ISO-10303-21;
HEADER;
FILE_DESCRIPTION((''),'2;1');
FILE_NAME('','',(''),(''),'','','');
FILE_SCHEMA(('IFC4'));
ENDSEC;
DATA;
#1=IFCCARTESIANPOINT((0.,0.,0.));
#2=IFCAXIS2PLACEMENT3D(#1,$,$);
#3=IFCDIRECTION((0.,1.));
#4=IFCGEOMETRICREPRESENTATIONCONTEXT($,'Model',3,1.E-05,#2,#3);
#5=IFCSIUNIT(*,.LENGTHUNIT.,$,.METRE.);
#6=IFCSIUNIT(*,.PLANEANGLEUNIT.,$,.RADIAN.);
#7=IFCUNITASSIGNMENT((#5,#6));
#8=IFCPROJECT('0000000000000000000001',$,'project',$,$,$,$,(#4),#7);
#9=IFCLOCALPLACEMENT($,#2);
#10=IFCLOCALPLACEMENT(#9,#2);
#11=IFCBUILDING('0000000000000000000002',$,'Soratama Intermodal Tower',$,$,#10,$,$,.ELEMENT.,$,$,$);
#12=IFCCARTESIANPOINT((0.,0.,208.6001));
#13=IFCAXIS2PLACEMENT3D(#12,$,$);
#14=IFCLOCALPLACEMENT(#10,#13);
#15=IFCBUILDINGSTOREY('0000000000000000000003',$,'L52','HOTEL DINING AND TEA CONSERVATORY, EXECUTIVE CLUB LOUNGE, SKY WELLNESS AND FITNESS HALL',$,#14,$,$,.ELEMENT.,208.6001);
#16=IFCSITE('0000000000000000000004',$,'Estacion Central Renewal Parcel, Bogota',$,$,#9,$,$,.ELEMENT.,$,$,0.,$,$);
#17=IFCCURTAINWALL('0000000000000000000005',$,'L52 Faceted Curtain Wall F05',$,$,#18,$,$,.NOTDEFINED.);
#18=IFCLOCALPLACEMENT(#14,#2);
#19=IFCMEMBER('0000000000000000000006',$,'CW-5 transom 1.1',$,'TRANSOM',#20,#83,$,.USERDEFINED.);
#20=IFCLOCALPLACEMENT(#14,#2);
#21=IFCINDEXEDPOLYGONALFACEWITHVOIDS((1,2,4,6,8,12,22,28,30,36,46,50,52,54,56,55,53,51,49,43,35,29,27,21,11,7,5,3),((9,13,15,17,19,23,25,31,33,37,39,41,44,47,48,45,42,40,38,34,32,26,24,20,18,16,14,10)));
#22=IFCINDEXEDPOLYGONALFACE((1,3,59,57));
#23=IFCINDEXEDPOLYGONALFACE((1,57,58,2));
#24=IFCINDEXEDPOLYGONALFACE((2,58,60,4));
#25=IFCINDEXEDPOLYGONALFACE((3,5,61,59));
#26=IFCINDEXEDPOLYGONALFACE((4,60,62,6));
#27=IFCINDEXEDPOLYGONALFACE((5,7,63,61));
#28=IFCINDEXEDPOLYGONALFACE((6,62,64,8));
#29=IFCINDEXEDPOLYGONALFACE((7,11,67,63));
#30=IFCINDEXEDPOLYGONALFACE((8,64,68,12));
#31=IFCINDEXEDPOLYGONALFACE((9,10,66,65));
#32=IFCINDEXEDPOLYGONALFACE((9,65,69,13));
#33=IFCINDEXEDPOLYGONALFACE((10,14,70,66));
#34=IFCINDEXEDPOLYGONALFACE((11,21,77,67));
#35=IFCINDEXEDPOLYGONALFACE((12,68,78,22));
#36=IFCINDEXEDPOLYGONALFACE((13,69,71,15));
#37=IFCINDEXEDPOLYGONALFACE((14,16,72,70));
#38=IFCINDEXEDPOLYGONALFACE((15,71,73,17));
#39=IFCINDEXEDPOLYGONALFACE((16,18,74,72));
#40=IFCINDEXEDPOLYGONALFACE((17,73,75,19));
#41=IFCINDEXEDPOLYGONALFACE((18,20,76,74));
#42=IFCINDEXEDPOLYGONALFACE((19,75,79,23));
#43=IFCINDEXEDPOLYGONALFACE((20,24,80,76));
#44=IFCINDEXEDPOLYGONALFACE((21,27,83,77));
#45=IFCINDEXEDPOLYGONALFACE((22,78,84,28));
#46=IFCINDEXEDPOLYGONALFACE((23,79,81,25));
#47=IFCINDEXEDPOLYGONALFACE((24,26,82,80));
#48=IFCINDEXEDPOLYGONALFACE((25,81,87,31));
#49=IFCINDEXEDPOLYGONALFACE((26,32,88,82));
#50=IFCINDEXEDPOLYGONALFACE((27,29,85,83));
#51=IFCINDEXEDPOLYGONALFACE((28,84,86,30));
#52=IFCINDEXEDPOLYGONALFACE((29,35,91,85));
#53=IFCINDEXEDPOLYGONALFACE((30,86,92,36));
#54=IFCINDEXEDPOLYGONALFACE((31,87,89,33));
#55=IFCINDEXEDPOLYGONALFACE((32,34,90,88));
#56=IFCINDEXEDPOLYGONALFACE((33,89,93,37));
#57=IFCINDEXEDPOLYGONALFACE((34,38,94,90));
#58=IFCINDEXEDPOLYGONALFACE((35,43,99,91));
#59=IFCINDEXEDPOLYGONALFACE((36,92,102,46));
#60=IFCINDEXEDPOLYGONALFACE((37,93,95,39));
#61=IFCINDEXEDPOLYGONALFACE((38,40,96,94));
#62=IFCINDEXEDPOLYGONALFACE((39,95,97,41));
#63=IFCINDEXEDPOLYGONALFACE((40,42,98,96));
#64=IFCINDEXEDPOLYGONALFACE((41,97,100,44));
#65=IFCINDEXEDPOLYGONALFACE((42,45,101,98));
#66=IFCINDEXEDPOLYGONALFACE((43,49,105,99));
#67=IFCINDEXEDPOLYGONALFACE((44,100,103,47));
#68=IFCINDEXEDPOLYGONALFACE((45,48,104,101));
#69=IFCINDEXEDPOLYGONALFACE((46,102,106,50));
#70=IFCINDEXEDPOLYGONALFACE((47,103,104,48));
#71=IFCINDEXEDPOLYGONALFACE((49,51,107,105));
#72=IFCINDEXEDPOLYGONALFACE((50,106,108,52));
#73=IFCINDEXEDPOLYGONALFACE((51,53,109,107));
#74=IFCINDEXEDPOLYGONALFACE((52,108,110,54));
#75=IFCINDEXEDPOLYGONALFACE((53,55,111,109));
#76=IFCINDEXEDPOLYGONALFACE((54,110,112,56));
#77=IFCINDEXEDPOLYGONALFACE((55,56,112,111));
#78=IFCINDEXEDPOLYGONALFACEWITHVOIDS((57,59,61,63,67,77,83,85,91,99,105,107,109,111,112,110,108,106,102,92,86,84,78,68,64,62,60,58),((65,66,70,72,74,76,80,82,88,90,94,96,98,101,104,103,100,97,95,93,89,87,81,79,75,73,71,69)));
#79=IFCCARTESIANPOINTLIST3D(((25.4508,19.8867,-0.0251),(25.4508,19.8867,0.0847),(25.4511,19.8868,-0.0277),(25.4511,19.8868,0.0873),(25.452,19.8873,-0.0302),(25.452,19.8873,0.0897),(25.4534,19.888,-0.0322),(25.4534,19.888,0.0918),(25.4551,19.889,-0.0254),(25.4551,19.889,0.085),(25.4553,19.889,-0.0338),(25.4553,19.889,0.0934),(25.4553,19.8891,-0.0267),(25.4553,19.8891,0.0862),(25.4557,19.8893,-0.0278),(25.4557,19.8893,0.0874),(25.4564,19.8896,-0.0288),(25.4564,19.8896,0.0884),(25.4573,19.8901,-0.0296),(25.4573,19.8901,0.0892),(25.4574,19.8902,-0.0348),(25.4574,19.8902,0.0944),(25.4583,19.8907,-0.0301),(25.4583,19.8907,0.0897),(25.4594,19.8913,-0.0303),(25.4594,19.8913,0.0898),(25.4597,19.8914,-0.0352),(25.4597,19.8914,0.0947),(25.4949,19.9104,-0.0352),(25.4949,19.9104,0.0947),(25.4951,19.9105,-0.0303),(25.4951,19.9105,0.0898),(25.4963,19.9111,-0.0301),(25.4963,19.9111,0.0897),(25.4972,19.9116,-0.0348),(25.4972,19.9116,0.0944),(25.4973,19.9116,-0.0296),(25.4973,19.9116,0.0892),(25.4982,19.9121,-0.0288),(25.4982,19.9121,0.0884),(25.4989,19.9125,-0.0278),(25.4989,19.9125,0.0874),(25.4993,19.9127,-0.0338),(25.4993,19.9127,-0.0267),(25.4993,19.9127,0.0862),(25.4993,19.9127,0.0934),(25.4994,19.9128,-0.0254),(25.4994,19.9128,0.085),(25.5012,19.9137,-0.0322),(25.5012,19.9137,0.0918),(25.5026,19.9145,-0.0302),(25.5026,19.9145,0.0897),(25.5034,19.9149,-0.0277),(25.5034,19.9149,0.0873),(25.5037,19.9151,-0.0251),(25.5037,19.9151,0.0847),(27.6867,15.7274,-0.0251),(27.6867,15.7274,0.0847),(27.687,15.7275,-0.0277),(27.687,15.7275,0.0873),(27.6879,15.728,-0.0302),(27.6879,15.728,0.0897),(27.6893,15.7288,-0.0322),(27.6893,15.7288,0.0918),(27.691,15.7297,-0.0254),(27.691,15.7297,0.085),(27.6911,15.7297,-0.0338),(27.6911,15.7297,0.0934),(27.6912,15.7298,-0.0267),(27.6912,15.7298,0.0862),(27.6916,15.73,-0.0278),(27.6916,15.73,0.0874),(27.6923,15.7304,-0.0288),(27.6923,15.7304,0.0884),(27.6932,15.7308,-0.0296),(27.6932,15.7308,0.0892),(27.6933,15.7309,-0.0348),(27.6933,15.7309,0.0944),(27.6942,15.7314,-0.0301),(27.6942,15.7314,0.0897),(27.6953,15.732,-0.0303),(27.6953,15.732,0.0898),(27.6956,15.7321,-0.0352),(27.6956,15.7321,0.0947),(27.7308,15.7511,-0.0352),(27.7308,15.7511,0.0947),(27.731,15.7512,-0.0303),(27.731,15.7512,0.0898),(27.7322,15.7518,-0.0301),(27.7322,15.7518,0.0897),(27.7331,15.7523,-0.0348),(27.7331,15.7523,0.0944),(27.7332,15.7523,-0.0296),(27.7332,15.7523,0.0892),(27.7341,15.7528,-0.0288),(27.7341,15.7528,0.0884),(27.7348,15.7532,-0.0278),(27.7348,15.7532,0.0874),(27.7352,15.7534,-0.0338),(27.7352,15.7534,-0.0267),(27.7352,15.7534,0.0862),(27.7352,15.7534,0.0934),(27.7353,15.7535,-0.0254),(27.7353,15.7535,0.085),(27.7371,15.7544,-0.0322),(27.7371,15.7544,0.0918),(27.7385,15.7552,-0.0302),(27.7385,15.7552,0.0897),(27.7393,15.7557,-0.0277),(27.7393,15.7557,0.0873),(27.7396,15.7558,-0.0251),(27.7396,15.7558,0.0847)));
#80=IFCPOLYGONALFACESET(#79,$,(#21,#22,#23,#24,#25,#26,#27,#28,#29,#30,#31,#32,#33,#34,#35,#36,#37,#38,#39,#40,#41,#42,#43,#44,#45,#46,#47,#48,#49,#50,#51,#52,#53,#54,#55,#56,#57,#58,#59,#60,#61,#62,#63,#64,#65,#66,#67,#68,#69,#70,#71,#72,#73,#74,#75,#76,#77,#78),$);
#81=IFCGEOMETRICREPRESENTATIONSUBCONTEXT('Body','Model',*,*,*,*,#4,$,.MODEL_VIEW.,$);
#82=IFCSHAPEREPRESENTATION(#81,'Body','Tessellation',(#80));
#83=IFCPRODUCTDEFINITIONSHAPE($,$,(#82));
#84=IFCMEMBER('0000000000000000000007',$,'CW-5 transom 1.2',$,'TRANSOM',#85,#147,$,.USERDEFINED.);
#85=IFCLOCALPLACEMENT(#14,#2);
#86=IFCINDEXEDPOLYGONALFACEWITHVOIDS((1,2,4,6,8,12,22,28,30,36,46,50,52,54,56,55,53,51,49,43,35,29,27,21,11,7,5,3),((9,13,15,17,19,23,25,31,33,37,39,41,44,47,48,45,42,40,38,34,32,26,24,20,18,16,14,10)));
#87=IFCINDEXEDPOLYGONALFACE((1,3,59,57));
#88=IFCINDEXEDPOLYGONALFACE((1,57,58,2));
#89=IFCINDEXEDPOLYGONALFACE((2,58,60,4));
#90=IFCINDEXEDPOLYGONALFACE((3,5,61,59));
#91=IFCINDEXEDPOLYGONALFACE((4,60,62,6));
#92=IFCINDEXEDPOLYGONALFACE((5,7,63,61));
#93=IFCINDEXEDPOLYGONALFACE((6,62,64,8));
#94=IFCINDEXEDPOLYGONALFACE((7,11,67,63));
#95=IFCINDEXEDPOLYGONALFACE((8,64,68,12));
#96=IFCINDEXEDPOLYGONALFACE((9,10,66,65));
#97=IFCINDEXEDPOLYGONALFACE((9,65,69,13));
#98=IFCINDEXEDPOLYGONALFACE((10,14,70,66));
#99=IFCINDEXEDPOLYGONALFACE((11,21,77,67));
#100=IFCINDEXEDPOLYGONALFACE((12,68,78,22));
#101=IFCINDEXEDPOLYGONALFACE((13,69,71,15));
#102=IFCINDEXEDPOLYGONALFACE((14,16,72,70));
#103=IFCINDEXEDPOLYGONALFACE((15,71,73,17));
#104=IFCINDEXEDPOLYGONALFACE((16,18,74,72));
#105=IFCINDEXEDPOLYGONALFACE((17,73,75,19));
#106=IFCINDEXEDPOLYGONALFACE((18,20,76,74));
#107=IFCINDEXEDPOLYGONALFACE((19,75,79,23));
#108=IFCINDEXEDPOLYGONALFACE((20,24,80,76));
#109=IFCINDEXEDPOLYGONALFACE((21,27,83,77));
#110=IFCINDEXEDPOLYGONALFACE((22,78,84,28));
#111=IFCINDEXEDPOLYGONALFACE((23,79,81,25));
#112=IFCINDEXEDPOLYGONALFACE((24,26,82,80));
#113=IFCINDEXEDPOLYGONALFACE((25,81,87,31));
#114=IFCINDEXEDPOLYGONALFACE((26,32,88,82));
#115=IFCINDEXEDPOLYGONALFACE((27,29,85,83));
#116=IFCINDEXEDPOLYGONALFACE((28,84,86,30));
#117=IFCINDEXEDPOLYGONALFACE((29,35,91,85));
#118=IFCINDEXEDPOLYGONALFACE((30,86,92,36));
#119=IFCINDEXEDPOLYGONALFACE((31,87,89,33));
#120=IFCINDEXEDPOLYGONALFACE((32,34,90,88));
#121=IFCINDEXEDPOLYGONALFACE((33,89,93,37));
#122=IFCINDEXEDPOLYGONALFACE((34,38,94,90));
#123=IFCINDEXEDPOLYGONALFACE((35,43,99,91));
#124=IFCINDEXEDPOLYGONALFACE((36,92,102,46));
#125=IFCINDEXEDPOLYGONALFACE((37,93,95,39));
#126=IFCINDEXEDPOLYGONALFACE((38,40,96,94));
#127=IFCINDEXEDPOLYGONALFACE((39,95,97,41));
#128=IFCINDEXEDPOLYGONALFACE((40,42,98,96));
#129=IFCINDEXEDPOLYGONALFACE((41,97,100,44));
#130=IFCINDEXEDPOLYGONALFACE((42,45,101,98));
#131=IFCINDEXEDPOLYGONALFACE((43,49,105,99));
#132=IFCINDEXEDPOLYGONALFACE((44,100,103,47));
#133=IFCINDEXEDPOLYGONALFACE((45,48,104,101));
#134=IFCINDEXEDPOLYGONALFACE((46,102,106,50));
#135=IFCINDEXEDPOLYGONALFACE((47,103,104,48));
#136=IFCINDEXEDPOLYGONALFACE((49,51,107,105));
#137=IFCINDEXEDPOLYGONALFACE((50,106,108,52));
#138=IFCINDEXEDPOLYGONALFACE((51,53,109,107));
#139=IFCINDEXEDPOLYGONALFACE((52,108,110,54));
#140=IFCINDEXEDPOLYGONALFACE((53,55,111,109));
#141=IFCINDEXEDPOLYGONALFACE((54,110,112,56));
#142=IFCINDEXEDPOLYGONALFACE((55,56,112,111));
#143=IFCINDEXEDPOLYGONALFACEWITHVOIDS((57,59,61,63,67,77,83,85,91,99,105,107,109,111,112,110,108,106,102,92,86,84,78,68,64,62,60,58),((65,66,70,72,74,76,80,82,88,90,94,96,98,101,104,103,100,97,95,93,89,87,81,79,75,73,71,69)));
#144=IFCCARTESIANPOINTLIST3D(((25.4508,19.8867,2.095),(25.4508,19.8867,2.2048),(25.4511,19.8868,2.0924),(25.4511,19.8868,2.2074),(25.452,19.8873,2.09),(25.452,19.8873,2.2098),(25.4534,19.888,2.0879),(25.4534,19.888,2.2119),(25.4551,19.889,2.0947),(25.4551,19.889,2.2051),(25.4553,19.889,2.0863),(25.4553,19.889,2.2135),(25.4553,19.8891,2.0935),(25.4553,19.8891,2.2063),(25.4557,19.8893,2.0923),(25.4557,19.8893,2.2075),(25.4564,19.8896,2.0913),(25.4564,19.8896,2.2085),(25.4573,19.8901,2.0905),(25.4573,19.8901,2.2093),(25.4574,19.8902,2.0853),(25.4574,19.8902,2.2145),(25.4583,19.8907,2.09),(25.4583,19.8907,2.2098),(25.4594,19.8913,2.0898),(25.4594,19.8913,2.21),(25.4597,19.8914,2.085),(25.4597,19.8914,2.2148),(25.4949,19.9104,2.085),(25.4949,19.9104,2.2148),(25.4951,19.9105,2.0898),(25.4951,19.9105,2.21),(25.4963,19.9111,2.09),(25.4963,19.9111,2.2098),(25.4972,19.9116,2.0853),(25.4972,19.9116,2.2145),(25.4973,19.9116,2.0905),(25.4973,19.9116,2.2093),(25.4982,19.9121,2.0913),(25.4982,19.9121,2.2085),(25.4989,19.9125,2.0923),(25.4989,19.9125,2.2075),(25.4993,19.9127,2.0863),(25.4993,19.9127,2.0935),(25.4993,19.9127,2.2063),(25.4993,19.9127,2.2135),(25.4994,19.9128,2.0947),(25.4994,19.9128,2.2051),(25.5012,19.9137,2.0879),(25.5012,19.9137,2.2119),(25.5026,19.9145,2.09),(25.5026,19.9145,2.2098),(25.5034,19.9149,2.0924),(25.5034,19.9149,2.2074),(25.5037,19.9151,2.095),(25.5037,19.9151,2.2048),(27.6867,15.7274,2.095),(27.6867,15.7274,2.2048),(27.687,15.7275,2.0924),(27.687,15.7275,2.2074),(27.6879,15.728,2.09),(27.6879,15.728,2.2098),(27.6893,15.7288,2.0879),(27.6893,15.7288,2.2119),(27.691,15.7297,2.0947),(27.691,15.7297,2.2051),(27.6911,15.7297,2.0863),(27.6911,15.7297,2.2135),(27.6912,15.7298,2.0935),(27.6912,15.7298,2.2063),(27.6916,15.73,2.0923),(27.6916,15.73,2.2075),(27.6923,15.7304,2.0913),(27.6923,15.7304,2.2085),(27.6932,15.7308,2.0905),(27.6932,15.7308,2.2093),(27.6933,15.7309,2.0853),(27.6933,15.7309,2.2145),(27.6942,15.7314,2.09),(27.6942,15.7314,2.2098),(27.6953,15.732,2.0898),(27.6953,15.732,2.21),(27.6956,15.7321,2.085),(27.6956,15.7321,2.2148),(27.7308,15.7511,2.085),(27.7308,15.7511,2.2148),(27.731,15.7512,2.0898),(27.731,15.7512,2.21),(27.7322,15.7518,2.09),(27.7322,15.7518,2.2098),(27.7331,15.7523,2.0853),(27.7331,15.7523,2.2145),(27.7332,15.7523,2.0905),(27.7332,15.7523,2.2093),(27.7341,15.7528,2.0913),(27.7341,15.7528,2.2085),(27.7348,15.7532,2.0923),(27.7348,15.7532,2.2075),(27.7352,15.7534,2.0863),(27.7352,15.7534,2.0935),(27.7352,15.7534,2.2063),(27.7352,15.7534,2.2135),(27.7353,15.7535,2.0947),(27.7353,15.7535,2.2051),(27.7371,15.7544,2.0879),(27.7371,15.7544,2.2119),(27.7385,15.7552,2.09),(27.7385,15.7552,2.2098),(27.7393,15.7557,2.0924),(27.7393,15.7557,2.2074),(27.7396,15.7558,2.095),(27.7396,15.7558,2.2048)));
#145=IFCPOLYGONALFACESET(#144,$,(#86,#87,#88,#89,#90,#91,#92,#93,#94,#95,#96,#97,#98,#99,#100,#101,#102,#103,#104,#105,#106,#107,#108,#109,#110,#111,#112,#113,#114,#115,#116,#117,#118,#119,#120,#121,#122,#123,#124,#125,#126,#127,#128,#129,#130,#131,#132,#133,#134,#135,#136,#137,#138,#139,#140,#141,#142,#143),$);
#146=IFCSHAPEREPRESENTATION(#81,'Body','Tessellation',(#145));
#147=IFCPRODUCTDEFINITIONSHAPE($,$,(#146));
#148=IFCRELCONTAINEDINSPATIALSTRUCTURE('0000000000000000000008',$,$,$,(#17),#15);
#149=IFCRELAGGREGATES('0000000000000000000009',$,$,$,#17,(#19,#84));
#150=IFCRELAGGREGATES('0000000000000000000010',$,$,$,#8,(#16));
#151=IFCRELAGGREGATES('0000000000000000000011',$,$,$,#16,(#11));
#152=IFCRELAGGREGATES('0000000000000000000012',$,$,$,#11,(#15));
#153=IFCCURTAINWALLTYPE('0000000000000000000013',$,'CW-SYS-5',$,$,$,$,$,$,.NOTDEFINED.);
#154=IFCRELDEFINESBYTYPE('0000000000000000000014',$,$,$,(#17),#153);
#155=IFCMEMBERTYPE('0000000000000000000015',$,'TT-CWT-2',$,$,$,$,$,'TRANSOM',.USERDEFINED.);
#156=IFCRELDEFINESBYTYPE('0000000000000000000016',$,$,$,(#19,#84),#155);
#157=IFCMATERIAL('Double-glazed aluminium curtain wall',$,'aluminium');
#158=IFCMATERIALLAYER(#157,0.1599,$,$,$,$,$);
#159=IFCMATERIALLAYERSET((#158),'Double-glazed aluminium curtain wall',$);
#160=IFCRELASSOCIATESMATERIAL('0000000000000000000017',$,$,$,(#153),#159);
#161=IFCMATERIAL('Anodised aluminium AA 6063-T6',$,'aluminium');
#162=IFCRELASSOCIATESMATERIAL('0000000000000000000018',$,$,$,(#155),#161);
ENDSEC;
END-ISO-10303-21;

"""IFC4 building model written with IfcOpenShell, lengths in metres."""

from ifc_helpers import new_model, si_unit, direction, frame, origin, origin_2d, place, context, subcontext, project, spatial, hollow_rectangle, extrude, material, layer, layer_set, material_profile, profile_set, type_object, element, aggregate, save


model = new_model("IFC4")

# Units and contexts
model_context = context("Model", 3, precision=1e-05, world=origin(), true_north=direction((0.0, 1.0)))
body_context = subcontext(model_context, "Body", "Model", "MODEL_VIEW")
ifc_project = project(units=[si_unit("LENGTHUNIT", "METRE"), si_unit("PLANEANGLEUNIT", "RADIAN")], contexts=[model_context])

# Site, building, storey
site_placement = place(None, origin())
site = spatial("IfcSite", under=ifc_project, at=site_placement, Name="Estacion Central Renewal Parcel, Bogota", CompositionType="ELEMENT", RefElevation=0.0)
building_placement = place(site_placement, origin())
building = spatial("IfcBuilding", under=site, at=building_placement, Name="Soratama Intermodal Tower", CompositionType="ELEMENT")
storey_placement = place(building_placement, frame((0.0, 0.0, 208.6001)))
storey = spatial("IfcBuildingStorey", under=building, at=storey_placement, Name="L52", Description="HOTEL DINING AND TEA CONSERVATORY, EXECUTIVE CLUB LOUNGE, SKY WELLNESS AND FITNESS HALL", CompositionType="ELEMENT", Elevation=208.6001)

# Curtain wall, members
ifc_material_1 = material(Name="Double-glazed aluminium curtain wall", Category="aluminium")
ifc_layer_1 = layer(ifc_material_1, 0.1599)
ifc_layer_set_1 = layer_set([ifc_layer_1], Name="Double-glazed aluminium curtain wall")
curtain_wall_type = type_object("IfcCurtainWallType", Name="CW-SYS-5", PredefinedType="NOTDEFINED", material=ifc_layer_set_1)
curtain_wall_placement = place(storey_placement, origin())
curtain_wall = element("IfcCurtainWall", 1, at=curtain_wall_placement, inside=storey, type_object=curtain_wall_type, Name="L52 Faceted Curtain Wall F05", PredefinedType="NOTDEFINED")
ifc_material_2 = material(Name="Anodised aluminium AA 6063-T6", Category="aluminium")
ifc_material_profile_1 = material_profile(ifc_material_2, hollow_rectangle(XDim=0.0601, YDim=0.1299, WallThickness=0.0049, InnerFilletRadius=0.0049, OuterFilletRadius=0.01, at=origin_2d()), Name="CWT130X60X5")
ifc_profile_set_1 = profile_set([ifc_material_profile_1], Name="Anodised aluminium AA 6063-T6")
member_type_1 = type_object("IfcMemberType", Name="TT-CWT-2", ElementType="TRANSOM", PredefinedType="USERDEFINED", material=ifc_profile_set_1)
member_1_placement = place(storey_placement, frame((25.4773, 19.9009, 0.0298), z_axis=(0.473489, -0.8808, 0.0), x_axis=(0.8808, 0.473489, 0.0)))
member_1 = element("IfcMember", 2, at=member_1_placement, type_object=member_type_1, Name="CW-5 transom 1.1", ObjectType="TRANSOM", PredefinedType="USERDEFINED", context=body_context, shape_type="SweptSolid", body=[
    extrude(hollow_rectangle(XDim=0.0601, YDim=0.1299, WallThickness=0.0049, InnerFilletRadius=0.0049, OuterFilletRadius=0.01, at=origin_2d()), origin(), (0.0, 0.0, 1.0), 4.7222),
])
member_2_placement = place(storey_placement, frame((25.4773, 19.9009, 2.1499), z_axis=(0.473489, -0.8808, 0.0), x_axis=(0.8808, 0.473489, 0.0)))
member_2 = element("IfcMember", 3, at=member_2_placement, type_object=member_type_1, Name="CW-5 transom 1.2", ObjectType="TRANSOM", PredefinedType="USERDEFINED", context=body_context, shape_type="SweptSolid", body=[
    extrude(hollow_rectangle(XDim=0.0601, YDim=0.1299, WallThickness=0.0049, InnerFilletRadius=0.0049, OuterFilletRadius=0.01, at=origin_2d()), origin(), (0.0, 0.0, 1.0), 4.7222),
])
aggregate(curtain_wall, [member_1, member_2])

save(model, "model.ifc")
